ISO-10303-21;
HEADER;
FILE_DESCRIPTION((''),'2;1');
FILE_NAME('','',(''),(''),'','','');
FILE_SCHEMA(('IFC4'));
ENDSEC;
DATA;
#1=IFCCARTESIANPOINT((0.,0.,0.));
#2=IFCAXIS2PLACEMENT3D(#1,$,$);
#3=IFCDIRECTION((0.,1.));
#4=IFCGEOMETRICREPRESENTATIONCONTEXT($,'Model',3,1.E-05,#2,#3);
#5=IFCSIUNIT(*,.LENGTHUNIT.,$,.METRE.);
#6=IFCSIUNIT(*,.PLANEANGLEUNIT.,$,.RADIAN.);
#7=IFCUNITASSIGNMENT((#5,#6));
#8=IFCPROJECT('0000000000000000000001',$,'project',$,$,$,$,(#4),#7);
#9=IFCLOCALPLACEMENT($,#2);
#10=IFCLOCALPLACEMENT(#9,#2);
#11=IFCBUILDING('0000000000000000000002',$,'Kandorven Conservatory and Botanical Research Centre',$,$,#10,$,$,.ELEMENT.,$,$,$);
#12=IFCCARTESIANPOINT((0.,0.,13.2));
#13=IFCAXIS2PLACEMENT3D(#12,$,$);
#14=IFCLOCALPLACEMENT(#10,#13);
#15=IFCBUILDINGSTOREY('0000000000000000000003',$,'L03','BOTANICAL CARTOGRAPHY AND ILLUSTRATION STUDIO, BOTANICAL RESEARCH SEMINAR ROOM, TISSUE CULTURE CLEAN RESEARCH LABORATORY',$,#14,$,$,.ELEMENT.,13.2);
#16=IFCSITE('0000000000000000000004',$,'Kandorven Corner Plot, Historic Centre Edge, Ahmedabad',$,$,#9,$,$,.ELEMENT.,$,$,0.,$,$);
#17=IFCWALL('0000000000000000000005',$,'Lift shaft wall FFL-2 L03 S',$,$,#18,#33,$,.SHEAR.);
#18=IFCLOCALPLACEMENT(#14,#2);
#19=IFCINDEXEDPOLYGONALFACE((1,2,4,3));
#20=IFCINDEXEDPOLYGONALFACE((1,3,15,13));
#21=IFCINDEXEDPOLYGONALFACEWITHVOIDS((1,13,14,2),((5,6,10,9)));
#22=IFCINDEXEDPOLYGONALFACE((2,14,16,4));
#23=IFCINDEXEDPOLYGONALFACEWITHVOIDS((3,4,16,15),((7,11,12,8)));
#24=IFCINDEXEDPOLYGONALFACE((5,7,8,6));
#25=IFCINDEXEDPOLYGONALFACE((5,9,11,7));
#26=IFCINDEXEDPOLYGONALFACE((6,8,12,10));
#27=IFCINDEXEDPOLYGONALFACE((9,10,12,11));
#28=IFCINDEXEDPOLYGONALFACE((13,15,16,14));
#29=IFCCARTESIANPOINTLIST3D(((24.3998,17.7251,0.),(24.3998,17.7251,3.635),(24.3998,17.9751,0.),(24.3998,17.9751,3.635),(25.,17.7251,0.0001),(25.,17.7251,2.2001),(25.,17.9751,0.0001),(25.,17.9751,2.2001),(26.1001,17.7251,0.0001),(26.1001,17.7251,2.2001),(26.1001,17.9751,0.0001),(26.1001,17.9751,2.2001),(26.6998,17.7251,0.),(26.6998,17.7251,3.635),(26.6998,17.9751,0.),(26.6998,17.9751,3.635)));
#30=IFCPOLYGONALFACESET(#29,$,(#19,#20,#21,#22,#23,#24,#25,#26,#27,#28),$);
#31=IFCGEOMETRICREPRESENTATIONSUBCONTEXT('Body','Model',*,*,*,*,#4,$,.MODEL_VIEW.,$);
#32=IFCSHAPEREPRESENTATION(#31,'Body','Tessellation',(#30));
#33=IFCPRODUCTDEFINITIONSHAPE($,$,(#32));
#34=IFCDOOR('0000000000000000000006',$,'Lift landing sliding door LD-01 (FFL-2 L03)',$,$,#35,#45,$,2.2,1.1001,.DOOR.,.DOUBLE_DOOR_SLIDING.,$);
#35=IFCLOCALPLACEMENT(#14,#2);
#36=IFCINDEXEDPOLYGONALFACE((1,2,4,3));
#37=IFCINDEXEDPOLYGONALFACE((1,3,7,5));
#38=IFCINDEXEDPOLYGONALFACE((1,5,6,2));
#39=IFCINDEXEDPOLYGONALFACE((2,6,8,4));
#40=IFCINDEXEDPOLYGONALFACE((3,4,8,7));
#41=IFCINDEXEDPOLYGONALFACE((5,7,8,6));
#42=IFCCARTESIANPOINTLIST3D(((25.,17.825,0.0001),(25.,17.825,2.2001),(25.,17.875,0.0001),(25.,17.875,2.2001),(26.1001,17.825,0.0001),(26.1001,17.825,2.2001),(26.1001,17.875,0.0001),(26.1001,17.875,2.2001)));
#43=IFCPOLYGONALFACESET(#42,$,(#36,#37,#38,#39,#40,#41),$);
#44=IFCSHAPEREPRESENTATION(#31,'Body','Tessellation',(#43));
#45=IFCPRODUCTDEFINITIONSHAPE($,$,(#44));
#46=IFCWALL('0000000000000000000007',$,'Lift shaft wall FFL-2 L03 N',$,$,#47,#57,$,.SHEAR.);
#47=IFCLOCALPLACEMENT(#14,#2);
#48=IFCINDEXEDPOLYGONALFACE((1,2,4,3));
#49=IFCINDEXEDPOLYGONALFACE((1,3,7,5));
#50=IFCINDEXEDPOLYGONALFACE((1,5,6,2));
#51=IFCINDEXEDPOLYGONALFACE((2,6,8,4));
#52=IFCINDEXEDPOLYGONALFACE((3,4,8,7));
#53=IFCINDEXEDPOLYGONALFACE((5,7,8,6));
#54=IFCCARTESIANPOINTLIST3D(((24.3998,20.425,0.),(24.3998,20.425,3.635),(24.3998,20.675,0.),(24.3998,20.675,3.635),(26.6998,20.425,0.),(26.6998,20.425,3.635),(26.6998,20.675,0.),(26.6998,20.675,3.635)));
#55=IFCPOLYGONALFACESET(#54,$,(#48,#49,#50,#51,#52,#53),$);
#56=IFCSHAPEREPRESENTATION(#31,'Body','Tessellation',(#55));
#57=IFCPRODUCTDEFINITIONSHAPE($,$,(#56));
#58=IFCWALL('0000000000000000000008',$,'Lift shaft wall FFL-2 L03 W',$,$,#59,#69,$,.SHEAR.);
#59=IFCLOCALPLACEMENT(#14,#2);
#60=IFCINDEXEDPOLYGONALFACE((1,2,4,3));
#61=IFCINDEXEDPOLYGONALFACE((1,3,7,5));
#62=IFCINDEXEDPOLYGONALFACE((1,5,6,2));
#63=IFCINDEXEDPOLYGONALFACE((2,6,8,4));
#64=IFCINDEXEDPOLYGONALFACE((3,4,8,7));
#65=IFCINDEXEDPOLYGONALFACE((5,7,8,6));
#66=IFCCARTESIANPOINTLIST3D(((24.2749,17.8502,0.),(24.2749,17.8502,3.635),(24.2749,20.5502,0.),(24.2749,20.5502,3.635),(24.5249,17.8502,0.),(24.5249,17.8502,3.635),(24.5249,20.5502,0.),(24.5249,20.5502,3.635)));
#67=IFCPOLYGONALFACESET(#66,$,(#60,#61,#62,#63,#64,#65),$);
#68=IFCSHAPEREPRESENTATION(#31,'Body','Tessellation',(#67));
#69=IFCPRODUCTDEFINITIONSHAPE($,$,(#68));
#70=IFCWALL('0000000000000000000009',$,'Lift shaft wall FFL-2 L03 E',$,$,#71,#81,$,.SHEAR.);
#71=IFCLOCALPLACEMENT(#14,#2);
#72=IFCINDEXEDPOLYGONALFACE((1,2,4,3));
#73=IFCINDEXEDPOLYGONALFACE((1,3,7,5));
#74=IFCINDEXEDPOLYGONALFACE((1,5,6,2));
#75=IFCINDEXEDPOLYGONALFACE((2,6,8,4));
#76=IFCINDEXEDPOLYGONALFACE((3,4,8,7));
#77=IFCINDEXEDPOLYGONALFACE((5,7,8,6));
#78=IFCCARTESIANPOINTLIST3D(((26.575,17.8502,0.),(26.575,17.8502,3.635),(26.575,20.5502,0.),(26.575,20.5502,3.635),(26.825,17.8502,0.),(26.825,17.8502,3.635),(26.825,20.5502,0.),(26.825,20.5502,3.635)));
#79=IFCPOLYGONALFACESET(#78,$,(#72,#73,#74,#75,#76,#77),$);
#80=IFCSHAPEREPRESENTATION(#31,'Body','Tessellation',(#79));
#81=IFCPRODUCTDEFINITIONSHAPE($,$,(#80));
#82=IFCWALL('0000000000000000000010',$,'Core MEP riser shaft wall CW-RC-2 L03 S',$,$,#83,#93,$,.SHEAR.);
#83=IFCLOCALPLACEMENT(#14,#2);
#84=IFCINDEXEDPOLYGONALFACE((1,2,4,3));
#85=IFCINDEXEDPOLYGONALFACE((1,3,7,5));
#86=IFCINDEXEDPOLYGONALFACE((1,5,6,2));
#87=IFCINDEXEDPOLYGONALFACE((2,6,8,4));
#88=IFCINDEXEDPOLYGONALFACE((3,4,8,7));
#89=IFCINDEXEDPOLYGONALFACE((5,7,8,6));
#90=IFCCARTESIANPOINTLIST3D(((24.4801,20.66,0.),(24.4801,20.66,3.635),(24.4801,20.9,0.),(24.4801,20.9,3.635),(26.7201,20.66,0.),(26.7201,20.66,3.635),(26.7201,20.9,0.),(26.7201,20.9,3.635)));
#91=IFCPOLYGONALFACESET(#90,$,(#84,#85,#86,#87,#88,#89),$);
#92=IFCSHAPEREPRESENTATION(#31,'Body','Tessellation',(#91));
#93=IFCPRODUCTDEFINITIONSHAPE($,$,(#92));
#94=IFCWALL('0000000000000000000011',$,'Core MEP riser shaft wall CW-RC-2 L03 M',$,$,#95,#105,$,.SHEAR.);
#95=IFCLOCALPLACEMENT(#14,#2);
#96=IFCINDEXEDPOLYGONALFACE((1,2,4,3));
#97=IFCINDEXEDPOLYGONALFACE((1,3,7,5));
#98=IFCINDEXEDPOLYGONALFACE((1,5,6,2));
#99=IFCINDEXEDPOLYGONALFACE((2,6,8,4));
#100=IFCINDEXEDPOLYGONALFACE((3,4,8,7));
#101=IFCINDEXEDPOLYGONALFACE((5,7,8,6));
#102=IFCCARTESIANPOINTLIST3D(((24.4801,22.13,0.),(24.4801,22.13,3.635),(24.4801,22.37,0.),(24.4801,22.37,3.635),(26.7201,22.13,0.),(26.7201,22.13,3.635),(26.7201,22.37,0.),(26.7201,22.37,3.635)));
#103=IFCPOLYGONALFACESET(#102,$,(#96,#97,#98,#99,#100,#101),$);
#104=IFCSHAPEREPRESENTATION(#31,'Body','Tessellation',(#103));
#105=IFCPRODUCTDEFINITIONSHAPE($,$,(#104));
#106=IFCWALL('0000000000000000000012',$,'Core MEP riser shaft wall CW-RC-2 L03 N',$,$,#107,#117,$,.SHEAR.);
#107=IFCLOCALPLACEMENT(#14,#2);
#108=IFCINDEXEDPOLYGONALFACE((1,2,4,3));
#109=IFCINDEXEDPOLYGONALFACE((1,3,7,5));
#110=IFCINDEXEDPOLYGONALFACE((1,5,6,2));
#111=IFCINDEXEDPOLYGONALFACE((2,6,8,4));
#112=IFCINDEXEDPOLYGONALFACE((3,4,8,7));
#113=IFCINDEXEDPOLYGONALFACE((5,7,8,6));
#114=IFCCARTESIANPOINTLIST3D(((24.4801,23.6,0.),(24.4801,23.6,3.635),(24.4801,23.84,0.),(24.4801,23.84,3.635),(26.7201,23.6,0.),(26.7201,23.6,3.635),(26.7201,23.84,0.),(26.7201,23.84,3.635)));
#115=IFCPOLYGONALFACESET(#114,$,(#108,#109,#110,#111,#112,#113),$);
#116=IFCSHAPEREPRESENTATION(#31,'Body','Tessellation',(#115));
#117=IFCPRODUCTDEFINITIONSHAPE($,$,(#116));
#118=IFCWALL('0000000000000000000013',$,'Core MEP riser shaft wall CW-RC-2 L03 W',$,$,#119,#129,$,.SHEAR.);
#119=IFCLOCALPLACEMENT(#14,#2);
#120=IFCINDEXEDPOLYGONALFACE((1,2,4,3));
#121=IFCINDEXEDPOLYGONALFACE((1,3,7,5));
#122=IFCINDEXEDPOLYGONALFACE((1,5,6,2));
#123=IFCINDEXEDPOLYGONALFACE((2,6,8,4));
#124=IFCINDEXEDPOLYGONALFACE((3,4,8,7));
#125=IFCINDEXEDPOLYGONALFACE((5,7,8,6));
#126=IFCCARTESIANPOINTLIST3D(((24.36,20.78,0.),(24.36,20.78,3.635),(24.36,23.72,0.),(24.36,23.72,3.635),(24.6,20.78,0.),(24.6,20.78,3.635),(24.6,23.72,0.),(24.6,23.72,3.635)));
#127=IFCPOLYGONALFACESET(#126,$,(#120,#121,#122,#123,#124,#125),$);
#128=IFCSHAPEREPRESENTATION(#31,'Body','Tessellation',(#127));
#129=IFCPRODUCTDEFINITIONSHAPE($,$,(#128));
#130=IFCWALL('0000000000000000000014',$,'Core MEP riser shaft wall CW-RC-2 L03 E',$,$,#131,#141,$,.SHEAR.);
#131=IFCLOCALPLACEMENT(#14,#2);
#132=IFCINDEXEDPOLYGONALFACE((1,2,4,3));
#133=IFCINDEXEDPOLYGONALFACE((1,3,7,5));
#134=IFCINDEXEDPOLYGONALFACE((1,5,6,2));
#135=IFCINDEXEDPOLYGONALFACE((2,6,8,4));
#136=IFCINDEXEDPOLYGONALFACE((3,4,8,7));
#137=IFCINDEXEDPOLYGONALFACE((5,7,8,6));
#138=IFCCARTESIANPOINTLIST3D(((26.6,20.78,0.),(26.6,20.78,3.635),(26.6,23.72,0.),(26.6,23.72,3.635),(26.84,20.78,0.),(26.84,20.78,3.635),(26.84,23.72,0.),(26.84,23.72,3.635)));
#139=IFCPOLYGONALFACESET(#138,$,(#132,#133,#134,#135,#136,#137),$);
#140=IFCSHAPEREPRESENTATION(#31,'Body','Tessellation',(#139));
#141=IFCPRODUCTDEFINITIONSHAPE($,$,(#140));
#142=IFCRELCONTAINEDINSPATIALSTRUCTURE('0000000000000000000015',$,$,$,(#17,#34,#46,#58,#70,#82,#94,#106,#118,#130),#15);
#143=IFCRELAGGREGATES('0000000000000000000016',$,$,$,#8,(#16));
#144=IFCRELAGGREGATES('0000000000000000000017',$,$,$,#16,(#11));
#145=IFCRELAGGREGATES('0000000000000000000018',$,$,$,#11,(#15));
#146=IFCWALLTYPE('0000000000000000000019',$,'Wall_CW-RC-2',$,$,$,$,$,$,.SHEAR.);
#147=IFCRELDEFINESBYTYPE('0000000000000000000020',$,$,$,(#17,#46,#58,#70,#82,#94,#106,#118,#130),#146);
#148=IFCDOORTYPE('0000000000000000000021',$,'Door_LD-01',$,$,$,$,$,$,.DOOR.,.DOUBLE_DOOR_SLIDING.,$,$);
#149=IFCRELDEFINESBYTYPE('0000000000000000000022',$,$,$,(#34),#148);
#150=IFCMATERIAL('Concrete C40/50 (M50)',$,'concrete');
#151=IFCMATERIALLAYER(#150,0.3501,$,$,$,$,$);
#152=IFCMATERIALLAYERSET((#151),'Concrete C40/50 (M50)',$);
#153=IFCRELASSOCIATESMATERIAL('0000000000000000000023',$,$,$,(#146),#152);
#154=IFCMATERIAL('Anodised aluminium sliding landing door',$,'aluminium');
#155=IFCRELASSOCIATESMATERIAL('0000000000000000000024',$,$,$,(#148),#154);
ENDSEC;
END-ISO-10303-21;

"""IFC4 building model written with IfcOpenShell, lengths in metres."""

from ifc_helpers import new_model, si_unit, direction, frame, frame_2d, origin, place, context, subcontext, project, spatial, rectangle, extrude, material, layer, layer_set, type_object, element, fill, save


model = new_model("IFC4")

# Units and contexts
model_context = context("Model", 3, precision=1e-05, world=origin(), true_north=direction((0.0, 1.0)))
body_context = subcontext(model_context, "Body", "Model", "MODEL_VIEW")
ifc_project = project(units=[si_unit("LENGTHUNIT", "METRE"), si_unit("PLANEANGLEUNIT", "RADIAN")], contexts=[model_context])

# Site, building, storey
site_placement = place(None, origin())
site = spatial("IfcSite", under=ifc_project, at=site_placement, Name="Kandorven Corner Plot, Historic Centre Edge, Ahmedabad", CompositionType="ELEMENT", RefElevation=0.0)
building_placement = place(site_placement, origin())
building = spatial("IfcBuilding", under=site, at=building_placement, Name="Kandorven Conservatory and Botanical Research Centre", CompositionType="ELEMENT")
storey_placement = place(building_placement, frame((0.0, 0.0, 13.2)))
storey = spatial("IfcBuildingStorey", under=building, at=storey_placement, Name="L03", Description="BOTANICAL CARTOGRAPHY AND ILLUSTRATION STUDIO, BOTANICAL RESEARCH SEMINAR ROOM, TISSUE CULTURE CLEAN RESEARCH LABORATORY", CompositionType="ELEMENT", Elevation=13.2)

# Shared definitions
ifc_material_1 = material(Name="Concrete C40/50 (M50)", Category="concrete")
ifc_layer = layer(ifc_material_1, 0.3501)
ifc_layer_set = layer_set([ifc_layer], Name="Concrete C40/50 (M50)")
wall_type = type_object("IfcWallType", Name="Wall_CW-RC-2", PredefinedType="SHEAR", material=ifc_layer_set)
ifc_material_2 = material(Name="Anodised aluminium sliding landing door", Category="aluminium")
door_type = type_object("IfcDoorType", Name="Door_LD-01", OperationType="DOUBLE_DOOR_SLIDING", PredefinedType="DOOR", material=ifc_material_2)

# Wall, opening, door
wall_1_placement = place(storey_placement, frame((24.3999, 17.8501, 0.0), z_axis=(0.0, 0.0, 1.0), x_axis=(1.0, 0.0, 0.0)))
wall_1 = element("IfcWall", 1, at=wall_1_placement, inside=storey, type_object=wall_type, Name="Lift shaft wall FFL-2 L03 S", PredefinedType="SHEAR", context=body_context, shape_type="SweptSolid", body=[
    extrude(rectangle(XDim=2.3, YDim=0.25, at=frame_2d((1.1499, 0.0))), origin(), (0.0, 0.0, 1.0), 3.635),
])
opening_1_placement = place(wall_1_placement, frame((0.6001, 0.0, 0.0)))
opening_1 = element("IfcOpeningElement", 2, at=opening_1_placement, cuts=wall_1, PredefinedType="OPENING", context=body_context, shape_type="SweptSolid", body=[
    extrude(rectangle(XDim=1.1001, YDim=2.2, at=frame_2d((0.55, 1.1001))), frame((0.0, 0.135, 0.0), z_axis=(0.0, -1.0, 0.0), x_axis=(1.0, 0.0, 0.0)), (0.0, 0.0, 1.0), 0.27),
])
door_1_placement = place(opening_1_placement, origin())
door_1 = element("IfcDoor", 3, at=door_1_placement, inside=storey, type_object=door_type, Name="Lift landing sliding door LD-01 (FFL-2 L03)", OperationType="DOUBLE_DOOR_SLIDING", OverallHeight=2.2, OverallWidth=1.1001, PredefinedType="DOOR", context=body_context, shape_type="SweptSolid", body=[
    extrude(rectangle(XDim=1.1001, YDim=2.2, at=frame_2d((0.55, 1.1001))), frame((0.0, 0.0249, 0.0), z_axis=(0.0, -1.0, 0.0), x_axis=(1.0, 0.0, 0.0)), (0.0, 0.0, 1.0), 0.05),
])
fill(opening_1, door_1)

# Walls
wall_2_placement = place(storey_placement, frame((24.3999, 20.55, 0.0), z_axis=(0.0, 0.0, 1.0), x_axis=(1.0, 0.0, 0.0)))
element("IfcWall", 4, at=wall_2_placement, inside=storey, type_object=wall_type, Name="Lift shaft wall FFL-2 L03 N", PredefinedType="SHEAR", context=body_context, shape_type="SweptSolid", body=[
    extrude(rectangle(XDim=2.3, YDim=0.25, at=frame_2d((1.1499, 0.0))), origin(), (0.0, 0.0, 1.0), 3.635),
])
for number, where, z_axis, x_axis, name in (
    (5, (24.3999, 17.8501, 0.0), (0.0, 0.0, 1.0), (0.0, 1.0, 0.0), "Lift shaft wall FFL-2 L03 W"),
    (6, (26.7, 17.8501, 0.0), (0.0, 0.0, 1.0), (0.0, 1.0, 0.0), "Lift shaft wall FFL-2 L03 E"),
):
    element("IfcWall", number, at=place(storey_placement, frame(where, z_axis=z_axis, x_axis=x_axis)), inside=storey, type_object=wall_type, Name=name, PredefinedType="SHEAR", context=body_context, shape_type="SweptSolid", body=[
        extrude(rectangle(XDim=2.7, YDim=0.25, at=frame_2d((1.3501, 0.0))), origin(), (0.0, 0.0, 1.0), 3.635),
    ])
for number, where, z_axis, x_axis, name in (
    (7, (24.48, 20.78, 0.0), (0.0, 0.0, 1.0), (1.0, 0.0, 0.0), "Core MEP riser shaft wall CW-RC-2 L03 S"),
    (8, (24.48, 22.25, 0.0), (0.0, 0.0, 1.0), (1.0, 0.0, 0.0), "Core MEP riser shaft wall CW-RC-2 L03 M"),
    (9, (24.48, 23.72, 0.0), (0.0, 0.0, 1.0), (1.0, 0.0, 0.0), "Core MEP riser shaft wall CW-RC-2 L03 N"),
):
    element("IfcWall", number, at=place(storey_placement, frame(where, z_axis=z_axis, x_axis=x_axis)), inside=storey, type_object=wall_type, Name=name, PredefinedType="SHEAR", context=body_context, shape_type="SweptSolid", body=[
        extrude(rectangle(XDim=2.24, YDim=0.24, at=frame_2d((1.1201, 0.0))), origin(), (0.0, 0.0, 1.0), 3.635),
    ])
for number, where, z_axis, x_axis, name in (
    (10, (24.48, 20.78, 0.0), (0.0, 0.0, 1.0), (0.0, 1.0, 0.0), "Core MEP riser shaft wall CW-RC-2 L03 W"),
    (11, (26.72, 20.78, 0.0), (0.0, 0.0, 1.0), (0.0, 1.0, 0.0), "Core MEP riser shaft wall CW-RC-2 L03 E"),
):
    element("IfcWall", number, at=place(storey_placement, frame(where, z_axis=z_axis, x_axis=x_axis)), inside=storey, type_object=wall_type, Name=name, PredefinedType="SHEAR", context=body_context, shape_type="SweptSolid", body=[
        extrude(rectangle(XDim=2.9399, YDim=0.24, at=frame_2d((1.47, 0.0))), origin(), (0.0, 0.0, 1.0), 3.635),
    ])

save(model, "model.ifc")
